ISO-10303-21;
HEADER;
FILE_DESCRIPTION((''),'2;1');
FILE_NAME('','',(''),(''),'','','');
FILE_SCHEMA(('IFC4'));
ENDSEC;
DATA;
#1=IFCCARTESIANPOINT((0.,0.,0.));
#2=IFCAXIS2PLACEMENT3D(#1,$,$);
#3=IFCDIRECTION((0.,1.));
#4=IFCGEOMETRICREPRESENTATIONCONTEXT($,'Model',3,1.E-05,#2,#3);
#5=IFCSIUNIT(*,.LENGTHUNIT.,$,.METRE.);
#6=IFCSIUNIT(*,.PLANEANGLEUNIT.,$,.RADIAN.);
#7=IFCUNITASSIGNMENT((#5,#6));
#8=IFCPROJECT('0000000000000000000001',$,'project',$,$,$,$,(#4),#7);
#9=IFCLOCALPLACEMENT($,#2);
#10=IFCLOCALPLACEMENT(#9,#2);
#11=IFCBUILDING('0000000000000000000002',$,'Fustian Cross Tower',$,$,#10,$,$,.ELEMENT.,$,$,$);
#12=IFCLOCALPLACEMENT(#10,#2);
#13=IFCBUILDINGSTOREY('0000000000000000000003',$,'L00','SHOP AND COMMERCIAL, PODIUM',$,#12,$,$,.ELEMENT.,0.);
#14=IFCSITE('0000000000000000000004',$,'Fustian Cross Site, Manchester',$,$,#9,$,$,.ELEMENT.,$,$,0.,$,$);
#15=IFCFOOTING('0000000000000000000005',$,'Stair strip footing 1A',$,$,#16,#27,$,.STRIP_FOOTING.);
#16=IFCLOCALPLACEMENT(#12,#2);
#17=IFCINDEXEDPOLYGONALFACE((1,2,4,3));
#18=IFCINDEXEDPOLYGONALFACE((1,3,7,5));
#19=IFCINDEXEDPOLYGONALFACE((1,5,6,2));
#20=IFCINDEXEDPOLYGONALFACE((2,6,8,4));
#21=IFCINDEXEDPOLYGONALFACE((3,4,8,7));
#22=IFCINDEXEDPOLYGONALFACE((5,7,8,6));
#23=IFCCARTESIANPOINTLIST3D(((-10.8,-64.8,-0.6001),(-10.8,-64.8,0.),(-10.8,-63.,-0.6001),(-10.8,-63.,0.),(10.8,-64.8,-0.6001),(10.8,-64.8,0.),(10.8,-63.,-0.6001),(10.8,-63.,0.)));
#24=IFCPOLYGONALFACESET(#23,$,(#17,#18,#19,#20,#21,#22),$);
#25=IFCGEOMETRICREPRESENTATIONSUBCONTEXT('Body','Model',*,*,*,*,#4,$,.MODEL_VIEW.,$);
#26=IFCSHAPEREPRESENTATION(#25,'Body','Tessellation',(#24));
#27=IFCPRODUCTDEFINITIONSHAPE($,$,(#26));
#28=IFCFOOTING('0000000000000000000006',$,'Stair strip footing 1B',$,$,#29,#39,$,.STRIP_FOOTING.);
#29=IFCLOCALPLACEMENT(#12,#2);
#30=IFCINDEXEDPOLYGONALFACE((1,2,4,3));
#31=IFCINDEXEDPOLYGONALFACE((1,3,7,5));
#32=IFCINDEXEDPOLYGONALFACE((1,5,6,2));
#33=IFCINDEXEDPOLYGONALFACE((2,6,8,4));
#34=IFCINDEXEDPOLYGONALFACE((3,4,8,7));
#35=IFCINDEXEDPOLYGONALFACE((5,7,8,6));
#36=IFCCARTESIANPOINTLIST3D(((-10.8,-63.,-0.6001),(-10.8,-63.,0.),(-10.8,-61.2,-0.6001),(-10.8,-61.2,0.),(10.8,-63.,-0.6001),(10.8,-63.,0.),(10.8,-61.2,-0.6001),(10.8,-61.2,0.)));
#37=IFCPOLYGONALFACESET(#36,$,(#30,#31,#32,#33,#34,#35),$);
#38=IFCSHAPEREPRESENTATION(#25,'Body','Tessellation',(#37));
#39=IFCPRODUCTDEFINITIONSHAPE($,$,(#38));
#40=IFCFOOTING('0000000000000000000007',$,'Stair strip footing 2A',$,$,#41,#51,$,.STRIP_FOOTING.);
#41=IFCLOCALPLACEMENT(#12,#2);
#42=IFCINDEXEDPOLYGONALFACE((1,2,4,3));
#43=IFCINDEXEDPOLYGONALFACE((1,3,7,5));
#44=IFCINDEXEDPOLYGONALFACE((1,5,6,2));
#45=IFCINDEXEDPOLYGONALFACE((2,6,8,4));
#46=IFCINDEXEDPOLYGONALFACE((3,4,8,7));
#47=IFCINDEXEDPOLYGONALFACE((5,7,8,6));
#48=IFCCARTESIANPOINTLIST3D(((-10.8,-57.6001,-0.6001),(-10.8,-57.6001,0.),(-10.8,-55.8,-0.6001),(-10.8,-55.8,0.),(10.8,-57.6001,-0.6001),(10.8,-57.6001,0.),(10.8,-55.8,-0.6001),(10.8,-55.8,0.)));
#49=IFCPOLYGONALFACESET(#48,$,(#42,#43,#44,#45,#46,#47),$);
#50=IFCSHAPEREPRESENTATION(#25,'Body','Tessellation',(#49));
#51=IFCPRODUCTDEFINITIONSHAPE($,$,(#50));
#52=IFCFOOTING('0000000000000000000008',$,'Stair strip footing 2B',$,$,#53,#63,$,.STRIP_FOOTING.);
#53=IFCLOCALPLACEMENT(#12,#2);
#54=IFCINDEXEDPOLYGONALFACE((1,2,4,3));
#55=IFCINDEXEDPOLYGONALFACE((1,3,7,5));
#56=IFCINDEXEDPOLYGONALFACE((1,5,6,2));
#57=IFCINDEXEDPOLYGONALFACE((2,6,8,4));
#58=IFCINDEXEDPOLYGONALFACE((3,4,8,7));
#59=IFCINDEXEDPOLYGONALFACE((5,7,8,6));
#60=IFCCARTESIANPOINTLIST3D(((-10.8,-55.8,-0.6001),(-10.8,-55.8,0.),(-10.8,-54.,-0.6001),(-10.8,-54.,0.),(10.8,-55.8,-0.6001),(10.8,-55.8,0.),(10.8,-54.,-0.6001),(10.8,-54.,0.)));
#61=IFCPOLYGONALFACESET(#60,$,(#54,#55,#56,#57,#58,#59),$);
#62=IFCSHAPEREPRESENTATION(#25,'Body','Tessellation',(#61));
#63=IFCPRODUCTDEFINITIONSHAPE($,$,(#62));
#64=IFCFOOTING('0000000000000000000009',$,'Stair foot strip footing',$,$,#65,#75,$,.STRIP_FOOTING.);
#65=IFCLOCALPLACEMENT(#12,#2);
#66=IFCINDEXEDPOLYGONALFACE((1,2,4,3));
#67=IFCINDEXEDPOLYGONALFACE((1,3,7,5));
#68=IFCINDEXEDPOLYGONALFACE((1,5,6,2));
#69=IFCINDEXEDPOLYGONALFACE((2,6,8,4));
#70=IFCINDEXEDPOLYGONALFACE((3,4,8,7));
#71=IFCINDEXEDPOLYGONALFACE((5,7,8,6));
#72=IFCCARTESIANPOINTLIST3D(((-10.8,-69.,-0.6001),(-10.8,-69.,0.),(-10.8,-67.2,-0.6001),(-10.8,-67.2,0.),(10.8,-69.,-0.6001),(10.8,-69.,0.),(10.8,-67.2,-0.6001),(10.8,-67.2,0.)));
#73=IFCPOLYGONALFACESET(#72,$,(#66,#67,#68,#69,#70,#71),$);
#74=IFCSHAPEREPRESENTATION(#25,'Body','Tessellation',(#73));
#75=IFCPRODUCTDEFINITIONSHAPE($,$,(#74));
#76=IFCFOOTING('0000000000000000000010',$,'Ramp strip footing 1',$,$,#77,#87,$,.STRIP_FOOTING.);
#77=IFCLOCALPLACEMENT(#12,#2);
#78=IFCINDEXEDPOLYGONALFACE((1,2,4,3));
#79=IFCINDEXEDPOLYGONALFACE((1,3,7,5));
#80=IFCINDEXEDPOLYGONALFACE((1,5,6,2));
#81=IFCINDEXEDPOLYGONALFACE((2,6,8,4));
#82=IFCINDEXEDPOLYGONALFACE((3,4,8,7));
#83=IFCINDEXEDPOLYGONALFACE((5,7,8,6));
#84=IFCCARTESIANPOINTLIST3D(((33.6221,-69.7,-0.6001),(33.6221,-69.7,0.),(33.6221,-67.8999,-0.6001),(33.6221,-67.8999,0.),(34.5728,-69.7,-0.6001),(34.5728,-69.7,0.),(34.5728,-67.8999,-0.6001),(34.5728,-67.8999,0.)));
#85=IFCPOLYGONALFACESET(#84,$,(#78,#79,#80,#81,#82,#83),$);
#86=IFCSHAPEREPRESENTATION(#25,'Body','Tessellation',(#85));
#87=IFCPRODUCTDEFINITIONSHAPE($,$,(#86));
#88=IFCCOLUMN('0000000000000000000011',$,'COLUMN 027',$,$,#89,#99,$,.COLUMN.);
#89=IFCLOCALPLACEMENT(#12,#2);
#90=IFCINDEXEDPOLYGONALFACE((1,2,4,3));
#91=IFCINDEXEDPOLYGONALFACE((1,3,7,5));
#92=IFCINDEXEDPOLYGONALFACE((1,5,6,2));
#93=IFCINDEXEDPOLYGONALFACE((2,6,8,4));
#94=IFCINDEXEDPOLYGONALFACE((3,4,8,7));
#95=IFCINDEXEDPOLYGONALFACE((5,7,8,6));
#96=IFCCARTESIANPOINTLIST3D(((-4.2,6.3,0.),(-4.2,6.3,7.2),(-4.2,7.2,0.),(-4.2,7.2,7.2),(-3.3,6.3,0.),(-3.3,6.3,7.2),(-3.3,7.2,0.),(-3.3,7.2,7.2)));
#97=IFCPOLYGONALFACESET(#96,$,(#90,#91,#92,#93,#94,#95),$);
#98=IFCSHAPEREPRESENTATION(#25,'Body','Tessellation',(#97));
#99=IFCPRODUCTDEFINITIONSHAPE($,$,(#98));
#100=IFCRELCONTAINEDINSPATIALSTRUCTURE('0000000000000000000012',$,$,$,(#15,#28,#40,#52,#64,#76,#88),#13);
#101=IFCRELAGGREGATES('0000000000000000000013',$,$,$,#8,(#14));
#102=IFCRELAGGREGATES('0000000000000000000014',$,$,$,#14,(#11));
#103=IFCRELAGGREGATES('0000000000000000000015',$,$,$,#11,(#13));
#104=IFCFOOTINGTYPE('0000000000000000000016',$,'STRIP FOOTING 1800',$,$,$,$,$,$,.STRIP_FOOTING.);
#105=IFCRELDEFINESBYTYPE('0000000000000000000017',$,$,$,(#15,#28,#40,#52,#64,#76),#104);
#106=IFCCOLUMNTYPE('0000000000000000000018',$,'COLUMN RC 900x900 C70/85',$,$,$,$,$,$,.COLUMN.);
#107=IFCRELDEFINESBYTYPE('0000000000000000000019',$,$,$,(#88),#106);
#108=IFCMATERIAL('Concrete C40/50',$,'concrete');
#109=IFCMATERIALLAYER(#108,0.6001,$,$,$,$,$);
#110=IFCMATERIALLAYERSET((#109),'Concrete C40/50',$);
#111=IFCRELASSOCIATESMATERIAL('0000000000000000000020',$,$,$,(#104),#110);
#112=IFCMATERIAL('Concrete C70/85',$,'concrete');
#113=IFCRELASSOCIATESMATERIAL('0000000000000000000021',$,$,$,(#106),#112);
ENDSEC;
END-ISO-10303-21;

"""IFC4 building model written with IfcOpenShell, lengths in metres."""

from ifc_helpers import new_model, si_unit, direction, frame, origin, origin_2d, place, context, subcontext, project, spatial, polyline, rectangle, outline, extrude, material, layer, layer_set, material_profile, profile_set, type_object, element, save


model = new_model("IFC4")

# Units and contexts
model_context = context("Model", 3, precision=1e-05, world=origin(), true_north=direction((0.0, 1.0)))
body_context = subcontext(model_context, "Body", "Model", "MODEL_VIEW")
ifc_project = project(units=[si_unit("LENGTHUNIT", "METRE"), si_unit("PLANEANGLEUNIT", "RADIAN")], contexts=[model_context])

# Site, building, storey
site_placement = place(None, origin())
site = spatial("IfcSite", under=ifc_project, at=site_placement, Name="Fustian Cross Site, Manchester", CompositionType="ELEMENT", RefElevation=0.0)
building_placement = place(site_placement, origin())
building = spatial("IfcBuilding", under=site, at=building_placement, Name="Fustian Cross Tower", CompositionType="ELEMENT")
storey_placement = place(building_placement, origin())
storey = spatial("IfcBuildingStorey", under=building, at=storey_placement, Name="L00", Description="SHOP AND COMMERCIAL, PODIUM", CompositionType="ELEMENT", Elevation=0.0)

# Footings
ifc_material_1 = material(Name="Concrete C40/50", Category="concrete")
ifc_layer_1 = layer(ifc_material_1, 0.6001)
ifc_layer_set_1 = layer_set([ifc_layer_1], Name="Concrete C40/50")
footing_type = type_object("IfcFootingType", Name="STRIP FOOTING 1800", PredefinedType="STRIP_FOOTING", material=ifc_layer_set_1)
footing_1_placement = place(storey_placement, frame((0.0, 0.0, -0.6001)))
element("IfcFooting", 1, at=footing_1_placement, inside=storey, type_object=footing_type, Name="Stair strip footing 1A", PredefinedType="STRIP_FOOTING", context=body_context, shape_type="SweptSolid", body=[
    extrude(outline(polyline([(-10.8, -64.8), (10.8, -64.8), (10.8, -63.0), (-10.8, -63.0), (-10.8, -64.8)])), origin(), (0.0, 0.0, 1.0), 0.6001),
])
footing_2_placement = place(storey_placement, frame((0.0, 0.0, -0.6001)))
element("IfcFooting", 2, at=footing_2_placement, inside=storey, type_object=footing_type, Name="Stair strip footing 1B", PredefinedType="STRIP_FOOTING", context=body_context, shape_type="SweptSolid", body=[
    extrude(outline(polyline([(-10.8, -63.0), (10.8, -63.0), (10.8, -61.2), (-10.8, -61.2), (-10.8, -63.0)])), origin(), (0.0, 0.0, 1.0), 0.6001),
])
footing_3_placement = place(storey_placement, frame((0.0, 0.0, -0.6001)))
element("IfcFooting", 3, at=footing_3_placement, inside=storey, type_object=footing_type, Name="Stair strip footing 2A", PredefinedType="STRIP_FOOTING", context=body_context, shape_type="SweptSolid", body=[
    extrude(outline(polyline([(-10.8, -57.6001), (10.8, -57.6001), (10.8, -55.8), (-10.8, -55.8), (-10.8, -57.6001)])), origin(), (0.0, 0.0, 1.0), 0.6001),
])
footing_4_placement = place(storey_placement, frame((0.0, 0.0, -0.6001)))
element("IfcFooting", 4, at=footing_4_placement, inside=storey, type_object=footing_type, Name="Stair strip footing 2B", PredefinedType="STRIP_FOOTING", context=body_context, shape_type="SweptSolid", body=[
    extrude(outline(polyline([(-10.8, -55.8), (10.8, -55.8), (10.8, -54.0), (-10.8, -54.0), (-10.8, -55.8)])), origin(), (0.0, 0.0, 1.0), 0.6001),
])
footing_5_placement = place(storey_placement, frame((0.0, 0.0, -0.6001)))
element("IfcFooting", 5, at=footing_5_placement, inside=storey, type_object=footing_type, Name="Stair foot strip footing", PredefinedType="STRIP_FOOTING", context=body_context, shape_type="SweptSolid", body=[
    extrude(outline(polyline([(-10.8, -69.0), (10.8, -69.0), (10.8, -67.2), (-10.8, -67.2), (-10.8, -69.0)])), origin(), (0.0, 0.0, 1.0), 0.6001),
])
footing_6_placement = place(storey_placement, frame((0.0, 0.0, -0.6001)))
element("IfcFooting", 6, at=footing_6_placement, inside=storey, type_object=footing_type, Name="Ramp strip footing 1", PredefinedType="STRIP_FOOTING", context=body_context, shape_type="SweptSolid", body=[
    extrude(outline(polyline([(33.6221, -69.7), (34.5728, -69.7), (34.5728, -67.8999), (33.6221, -67.8999), (33.6221, -69.7)])), origin(), (0.0, 0.0, 1.0), 0.6001),
])

# Column
ifc_material_2 = material(Name="Concrete C70/85", Category="concrete")
ifc_material_profile = material_profile(ifc_material_2, rectangle(XDim=0.8999, YDim=0.8999, at=origin_2d()), Name="RC 900x900")
ifc_profile_set = profile_set([ifc_material_profile], Name="Concrete C70/85")
column_type = type_object("IfcColumnType", Name="COLUMN RC 900x900 C70/85", PredefinedType="COLUMN", material=ifc_profile_set)
column_placement = place(storey_placement, frame((-3.75, 6.75, 0.0), z_axis=(0.0, 0.0, 1.0), x_axis=(1.0, 0.0, 0.0)))
element("IfcColumn", 7, at=column_placement, inside=storey, type_object=column_type, Name="COLUMN 027", PredefinedType="COLUMN", context=body_context, shape_type="SweptSolid", body=[
    extrude(rectangle(XDim=0.8999, YDim=0.8999, at=origin_2d()), origin(), (0.0, 0.0, 1.0), 7.2),
])

save(model, "model.ifc")
